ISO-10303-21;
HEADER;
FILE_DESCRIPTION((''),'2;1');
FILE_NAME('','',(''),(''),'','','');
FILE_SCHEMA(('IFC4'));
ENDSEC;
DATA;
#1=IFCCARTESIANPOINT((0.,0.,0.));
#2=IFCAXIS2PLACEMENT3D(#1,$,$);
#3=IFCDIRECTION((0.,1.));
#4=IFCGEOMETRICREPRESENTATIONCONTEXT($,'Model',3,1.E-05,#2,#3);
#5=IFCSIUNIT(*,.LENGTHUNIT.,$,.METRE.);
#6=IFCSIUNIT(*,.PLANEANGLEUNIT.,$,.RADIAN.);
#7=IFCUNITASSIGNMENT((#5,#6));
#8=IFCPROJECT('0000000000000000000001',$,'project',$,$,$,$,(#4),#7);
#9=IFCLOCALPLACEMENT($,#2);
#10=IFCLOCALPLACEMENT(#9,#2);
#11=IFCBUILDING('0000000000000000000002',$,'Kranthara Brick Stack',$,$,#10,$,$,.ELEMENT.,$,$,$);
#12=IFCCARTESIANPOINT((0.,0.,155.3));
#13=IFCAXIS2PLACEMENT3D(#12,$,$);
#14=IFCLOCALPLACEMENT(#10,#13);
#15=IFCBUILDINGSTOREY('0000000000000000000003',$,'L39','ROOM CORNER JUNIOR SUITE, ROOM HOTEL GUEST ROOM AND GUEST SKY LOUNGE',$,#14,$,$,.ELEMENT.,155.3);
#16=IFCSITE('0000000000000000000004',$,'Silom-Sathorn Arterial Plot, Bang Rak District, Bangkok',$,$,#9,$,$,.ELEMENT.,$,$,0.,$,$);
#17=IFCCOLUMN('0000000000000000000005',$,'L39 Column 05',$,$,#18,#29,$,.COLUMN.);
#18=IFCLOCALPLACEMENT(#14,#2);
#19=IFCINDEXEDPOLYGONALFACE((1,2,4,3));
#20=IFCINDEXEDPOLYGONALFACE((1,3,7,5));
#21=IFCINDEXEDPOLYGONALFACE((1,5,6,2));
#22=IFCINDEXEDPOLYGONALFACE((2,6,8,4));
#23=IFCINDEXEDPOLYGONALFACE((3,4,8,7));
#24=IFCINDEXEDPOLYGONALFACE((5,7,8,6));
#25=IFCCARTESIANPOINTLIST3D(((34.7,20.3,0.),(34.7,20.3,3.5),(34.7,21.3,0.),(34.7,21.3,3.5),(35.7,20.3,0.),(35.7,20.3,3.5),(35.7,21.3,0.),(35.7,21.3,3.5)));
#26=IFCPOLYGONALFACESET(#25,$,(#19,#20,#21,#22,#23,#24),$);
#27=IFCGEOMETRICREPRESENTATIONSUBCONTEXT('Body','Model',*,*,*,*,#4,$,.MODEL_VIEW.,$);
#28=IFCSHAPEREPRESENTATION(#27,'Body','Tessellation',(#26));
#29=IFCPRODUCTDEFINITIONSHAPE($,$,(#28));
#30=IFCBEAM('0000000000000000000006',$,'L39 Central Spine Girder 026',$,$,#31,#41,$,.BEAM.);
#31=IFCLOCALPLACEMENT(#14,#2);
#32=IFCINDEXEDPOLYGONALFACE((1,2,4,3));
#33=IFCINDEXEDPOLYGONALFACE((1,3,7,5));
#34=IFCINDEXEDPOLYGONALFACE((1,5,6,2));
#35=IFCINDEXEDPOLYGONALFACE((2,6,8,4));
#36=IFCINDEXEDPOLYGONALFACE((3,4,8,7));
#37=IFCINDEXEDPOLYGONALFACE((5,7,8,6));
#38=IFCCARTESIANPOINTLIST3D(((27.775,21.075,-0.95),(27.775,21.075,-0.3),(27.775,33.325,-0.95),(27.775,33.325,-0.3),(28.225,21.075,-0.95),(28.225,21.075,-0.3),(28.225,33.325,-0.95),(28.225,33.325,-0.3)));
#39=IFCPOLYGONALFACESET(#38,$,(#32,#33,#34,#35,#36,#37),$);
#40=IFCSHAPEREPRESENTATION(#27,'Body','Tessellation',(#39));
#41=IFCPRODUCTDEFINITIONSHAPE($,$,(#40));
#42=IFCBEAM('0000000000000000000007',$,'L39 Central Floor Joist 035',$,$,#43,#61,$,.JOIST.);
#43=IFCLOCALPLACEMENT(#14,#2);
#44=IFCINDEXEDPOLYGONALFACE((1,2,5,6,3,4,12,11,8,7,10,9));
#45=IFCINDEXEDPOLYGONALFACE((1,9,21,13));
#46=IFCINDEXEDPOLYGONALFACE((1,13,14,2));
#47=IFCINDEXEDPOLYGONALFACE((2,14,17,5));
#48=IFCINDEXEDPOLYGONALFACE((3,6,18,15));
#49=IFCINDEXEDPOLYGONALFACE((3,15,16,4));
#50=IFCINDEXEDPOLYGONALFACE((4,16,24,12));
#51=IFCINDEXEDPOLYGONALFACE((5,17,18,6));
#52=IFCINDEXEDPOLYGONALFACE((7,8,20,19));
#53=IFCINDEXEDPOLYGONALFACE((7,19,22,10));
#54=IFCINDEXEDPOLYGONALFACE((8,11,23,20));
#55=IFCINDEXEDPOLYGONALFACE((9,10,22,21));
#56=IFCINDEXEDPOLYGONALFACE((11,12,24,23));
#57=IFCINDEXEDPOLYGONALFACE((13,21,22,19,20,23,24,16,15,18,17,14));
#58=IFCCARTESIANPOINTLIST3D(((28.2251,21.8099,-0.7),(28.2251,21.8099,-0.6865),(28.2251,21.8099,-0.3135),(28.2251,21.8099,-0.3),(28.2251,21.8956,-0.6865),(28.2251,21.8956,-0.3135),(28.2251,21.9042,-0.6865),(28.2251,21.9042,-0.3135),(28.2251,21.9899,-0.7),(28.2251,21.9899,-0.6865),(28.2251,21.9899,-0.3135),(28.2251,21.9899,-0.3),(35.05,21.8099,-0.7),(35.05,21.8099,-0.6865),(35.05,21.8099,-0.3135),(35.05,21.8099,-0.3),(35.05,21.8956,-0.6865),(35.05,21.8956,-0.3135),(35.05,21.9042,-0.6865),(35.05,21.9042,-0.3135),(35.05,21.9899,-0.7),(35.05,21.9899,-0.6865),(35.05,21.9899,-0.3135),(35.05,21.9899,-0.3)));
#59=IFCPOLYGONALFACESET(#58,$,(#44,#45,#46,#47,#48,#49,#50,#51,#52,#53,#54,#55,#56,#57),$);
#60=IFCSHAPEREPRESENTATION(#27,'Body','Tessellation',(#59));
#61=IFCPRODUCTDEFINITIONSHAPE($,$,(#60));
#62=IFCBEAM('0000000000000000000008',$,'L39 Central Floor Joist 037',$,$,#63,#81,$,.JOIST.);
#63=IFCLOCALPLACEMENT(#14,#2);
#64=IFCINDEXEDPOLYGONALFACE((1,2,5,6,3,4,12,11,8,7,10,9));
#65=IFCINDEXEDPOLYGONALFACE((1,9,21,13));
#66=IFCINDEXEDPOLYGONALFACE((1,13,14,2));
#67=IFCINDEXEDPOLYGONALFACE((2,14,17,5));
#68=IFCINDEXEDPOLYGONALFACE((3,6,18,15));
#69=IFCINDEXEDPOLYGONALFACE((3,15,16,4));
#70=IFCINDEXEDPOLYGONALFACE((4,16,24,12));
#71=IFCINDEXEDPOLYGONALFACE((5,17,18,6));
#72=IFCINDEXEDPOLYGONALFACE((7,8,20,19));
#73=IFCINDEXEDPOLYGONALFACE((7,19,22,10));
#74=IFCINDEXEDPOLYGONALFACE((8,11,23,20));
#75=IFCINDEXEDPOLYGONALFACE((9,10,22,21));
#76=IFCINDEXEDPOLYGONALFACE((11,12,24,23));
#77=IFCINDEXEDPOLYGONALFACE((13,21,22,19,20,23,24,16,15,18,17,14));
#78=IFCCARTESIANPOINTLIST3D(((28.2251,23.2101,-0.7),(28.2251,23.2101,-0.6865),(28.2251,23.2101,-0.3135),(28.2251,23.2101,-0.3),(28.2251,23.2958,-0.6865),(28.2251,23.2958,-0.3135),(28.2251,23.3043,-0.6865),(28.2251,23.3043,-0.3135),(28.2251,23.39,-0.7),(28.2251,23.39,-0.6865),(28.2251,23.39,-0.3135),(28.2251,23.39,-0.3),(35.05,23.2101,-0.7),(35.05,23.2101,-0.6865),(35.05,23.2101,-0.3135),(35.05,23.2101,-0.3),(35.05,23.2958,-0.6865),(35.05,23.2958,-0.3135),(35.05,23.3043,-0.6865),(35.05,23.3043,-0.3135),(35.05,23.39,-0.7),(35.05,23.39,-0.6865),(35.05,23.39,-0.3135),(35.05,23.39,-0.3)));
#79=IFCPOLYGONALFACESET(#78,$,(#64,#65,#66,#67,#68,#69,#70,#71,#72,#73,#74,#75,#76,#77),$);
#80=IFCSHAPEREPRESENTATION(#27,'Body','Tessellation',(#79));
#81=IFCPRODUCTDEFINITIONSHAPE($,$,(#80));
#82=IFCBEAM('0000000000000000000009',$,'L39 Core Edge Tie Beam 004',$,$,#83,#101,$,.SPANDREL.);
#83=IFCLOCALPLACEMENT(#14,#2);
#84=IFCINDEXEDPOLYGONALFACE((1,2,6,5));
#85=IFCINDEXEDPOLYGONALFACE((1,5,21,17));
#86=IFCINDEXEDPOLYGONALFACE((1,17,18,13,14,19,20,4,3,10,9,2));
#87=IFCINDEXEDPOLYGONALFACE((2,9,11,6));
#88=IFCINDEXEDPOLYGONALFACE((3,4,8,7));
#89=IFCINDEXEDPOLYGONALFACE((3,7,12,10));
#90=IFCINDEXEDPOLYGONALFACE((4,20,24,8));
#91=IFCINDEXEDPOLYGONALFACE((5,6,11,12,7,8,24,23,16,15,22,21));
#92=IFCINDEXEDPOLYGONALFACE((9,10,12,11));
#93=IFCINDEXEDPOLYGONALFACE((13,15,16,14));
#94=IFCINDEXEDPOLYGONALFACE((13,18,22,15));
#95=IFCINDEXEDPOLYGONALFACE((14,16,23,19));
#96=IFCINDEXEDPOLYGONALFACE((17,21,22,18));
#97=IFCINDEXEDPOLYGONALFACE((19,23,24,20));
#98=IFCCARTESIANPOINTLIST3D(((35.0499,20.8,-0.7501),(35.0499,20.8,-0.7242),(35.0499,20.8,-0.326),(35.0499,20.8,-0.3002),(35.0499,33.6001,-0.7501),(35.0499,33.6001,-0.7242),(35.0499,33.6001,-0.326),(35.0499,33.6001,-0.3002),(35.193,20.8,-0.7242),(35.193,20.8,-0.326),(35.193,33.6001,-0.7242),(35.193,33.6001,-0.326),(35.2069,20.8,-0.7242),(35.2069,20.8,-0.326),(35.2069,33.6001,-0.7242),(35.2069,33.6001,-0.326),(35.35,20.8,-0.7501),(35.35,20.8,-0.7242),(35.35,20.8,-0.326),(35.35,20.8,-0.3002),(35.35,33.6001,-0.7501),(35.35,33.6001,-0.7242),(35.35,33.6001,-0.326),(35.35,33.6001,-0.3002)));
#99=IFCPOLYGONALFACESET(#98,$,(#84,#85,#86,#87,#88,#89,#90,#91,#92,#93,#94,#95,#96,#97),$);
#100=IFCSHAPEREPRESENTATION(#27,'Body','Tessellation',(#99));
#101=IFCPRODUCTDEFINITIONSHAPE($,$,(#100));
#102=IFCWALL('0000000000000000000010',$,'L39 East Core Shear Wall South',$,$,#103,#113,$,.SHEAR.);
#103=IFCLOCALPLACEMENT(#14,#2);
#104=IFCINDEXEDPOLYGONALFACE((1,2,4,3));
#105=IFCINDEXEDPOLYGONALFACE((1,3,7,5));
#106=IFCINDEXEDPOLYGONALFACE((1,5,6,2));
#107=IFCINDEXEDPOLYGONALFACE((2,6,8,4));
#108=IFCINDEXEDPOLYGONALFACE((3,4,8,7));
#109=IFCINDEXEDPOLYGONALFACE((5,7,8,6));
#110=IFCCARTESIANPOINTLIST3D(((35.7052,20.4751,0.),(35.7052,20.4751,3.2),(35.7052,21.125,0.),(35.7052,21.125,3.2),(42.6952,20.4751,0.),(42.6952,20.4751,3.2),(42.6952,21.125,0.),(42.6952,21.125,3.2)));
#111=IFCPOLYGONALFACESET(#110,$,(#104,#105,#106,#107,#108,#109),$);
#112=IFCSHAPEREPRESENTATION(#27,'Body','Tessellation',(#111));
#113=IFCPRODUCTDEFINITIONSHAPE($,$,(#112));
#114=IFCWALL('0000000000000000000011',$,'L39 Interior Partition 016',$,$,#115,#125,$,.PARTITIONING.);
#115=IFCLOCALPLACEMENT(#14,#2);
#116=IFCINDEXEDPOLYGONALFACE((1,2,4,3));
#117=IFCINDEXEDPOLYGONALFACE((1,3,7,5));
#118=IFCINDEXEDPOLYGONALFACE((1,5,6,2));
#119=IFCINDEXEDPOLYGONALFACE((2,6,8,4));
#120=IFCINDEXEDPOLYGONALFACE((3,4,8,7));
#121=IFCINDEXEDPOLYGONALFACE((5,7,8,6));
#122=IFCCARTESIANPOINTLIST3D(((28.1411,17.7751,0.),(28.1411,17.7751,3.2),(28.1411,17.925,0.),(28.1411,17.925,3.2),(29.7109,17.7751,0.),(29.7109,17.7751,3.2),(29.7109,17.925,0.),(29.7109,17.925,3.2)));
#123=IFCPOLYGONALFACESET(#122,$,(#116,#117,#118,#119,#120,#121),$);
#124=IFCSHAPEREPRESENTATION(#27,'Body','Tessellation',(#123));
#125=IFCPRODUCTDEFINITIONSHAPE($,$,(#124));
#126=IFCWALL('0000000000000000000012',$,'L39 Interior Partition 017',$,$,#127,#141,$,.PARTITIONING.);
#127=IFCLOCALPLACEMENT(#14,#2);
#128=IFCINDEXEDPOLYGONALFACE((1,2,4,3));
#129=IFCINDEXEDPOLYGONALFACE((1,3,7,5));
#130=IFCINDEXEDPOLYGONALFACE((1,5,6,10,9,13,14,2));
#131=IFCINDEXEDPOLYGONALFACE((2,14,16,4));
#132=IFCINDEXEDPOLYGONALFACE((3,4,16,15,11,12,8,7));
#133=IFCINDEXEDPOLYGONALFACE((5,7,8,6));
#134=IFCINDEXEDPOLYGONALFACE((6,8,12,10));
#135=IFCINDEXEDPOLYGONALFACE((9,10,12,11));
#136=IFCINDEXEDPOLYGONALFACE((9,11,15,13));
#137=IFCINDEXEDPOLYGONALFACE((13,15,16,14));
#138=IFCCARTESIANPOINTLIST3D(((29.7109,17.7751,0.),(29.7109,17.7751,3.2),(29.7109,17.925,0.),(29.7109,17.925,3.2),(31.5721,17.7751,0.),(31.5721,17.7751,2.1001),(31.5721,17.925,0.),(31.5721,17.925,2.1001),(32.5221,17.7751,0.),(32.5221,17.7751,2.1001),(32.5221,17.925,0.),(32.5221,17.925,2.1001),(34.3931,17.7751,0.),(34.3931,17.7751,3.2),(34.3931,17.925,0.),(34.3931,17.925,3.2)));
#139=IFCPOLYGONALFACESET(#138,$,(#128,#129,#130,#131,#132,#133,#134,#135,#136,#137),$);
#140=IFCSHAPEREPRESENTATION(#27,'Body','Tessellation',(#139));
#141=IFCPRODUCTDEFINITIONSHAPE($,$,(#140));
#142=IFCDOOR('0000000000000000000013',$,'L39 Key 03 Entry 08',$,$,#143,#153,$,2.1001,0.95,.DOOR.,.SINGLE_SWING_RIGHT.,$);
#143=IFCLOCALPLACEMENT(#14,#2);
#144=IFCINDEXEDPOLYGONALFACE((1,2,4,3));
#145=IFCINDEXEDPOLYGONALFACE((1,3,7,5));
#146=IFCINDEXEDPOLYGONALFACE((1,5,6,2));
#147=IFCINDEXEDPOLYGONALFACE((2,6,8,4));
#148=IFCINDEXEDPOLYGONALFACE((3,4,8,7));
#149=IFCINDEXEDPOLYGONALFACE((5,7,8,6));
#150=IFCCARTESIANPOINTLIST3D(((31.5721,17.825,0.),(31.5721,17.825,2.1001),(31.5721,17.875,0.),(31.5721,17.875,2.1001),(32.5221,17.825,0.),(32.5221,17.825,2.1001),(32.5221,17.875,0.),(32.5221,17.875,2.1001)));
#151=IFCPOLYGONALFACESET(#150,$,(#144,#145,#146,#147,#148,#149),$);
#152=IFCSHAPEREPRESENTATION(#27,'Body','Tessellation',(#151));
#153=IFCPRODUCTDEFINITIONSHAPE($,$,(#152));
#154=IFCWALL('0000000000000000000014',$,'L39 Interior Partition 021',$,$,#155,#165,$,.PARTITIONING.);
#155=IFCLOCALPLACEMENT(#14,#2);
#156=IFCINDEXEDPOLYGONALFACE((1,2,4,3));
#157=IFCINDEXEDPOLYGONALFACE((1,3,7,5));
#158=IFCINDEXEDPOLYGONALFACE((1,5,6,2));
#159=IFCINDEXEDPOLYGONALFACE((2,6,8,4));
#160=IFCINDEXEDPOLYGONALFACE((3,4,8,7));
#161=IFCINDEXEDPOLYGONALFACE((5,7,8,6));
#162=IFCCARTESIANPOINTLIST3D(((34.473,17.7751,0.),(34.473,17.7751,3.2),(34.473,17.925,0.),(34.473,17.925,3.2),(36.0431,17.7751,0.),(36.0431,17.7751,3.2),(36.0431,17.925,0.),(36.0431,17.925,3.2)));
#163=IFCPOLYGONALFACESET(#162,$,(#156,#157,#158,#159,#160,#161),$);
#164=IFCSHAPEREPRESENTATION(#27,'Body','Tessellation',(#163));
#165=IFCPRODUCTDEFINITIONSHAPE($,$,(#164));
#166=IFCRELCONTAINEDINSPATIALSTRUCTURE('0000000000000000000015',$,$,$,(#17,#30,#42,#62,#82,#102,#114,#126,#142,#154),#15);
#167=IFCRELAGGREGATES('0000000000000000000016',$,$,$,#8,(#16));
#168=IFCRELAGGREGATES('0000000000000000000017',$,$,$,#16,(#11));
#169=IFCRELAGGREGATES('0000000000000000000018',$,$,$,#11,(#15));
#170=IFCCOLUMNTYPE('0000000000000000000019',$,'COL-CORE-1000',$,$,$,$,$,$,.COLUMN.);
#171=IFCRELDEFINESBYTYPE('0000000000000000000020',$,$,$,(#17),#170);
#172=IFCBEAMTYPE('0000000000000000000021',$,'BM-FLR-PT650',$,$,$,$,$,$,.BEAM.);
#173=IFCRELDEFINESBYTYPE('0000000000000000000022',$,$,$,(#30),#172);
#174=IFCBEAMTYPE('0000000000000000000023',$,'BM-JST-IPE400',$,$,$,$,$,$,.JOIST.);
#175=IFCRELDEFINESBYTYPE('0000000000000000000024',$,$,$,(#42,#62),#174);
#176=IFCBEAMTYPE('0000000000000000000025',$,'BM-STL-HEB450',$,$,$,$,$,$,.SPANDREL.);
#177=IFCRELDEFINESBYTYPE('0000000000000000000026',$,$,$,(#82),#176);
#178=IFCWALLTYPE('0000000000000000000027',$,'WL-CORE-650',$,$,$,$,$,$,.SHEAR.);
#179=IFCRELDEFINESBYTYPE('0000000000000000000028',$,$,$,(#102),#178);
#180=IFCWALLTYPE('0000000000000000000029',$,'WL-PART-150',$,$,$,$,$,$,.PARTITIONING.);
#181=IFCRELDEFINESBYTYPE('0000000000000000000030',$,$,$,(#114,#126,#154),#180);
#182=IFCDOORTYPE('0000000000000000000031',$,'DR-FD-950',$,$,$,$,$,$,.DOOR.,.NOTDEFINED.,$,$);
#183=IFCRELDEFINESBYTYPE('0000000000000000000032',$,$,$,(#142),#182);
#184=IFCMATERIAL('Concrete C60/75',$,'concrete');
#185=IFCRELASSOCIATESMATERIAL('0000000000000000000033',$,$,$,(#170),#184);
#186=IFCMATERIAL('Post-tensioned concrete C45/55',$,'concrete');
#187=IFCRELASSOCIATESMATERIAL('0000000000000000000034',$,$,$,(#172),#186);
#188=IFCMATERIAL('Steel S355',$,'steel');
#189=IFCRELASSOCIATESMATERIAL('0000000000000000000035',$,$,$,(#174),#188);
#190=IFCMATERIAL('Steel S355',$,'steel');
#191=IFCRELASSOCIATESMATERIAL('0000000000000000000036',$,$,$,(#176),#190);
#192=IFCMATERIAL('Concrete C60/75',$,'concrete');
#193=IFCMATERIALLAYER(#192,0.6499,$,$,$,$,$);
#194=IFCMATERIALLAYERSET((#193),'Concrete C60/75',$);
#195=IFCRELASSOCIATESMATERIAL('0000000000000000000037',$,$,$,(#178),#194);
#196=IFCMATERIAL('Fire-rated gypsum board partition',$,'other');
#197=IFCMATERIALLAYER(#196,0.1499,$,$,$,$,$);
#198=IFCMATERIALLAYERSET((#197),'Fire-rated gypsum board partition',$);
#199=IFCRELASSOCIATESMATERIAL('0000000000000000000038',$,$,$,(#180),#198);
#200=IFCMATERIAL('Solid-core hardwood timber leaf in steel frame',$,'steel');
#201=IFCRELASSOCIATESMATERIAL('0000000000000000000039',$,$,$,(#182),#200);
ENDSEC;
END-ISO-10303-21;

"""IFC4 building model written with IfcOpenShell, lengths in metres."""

from ifc_helpers import new_model, si_unit, direction, frame, frame_2d, origin, origin_2d, place, context, subcontext, project, spatial, rectangle, i_section, extrude, material, layer, layer_set, material_profile, profile_set, type_object, element, fill, save


model = new_model("IFC4")

# Units and contexts
model_context = context("Model", 3, precision=1e-05, world=origin(), true_north=direction((0.0, 1.0)))
body_context = subcontext(model_context, "Body", "Model", "MODEL_VIEW")
ifc_project = project(units=[si_unit("LENGTHUNIT", "METRE"), si_unit("PLANEANGLEUNIT", "RADIAN")], contexts=[model_context])

# Site, building, storey
site_placement = place(None, origin())
site = spatial("IfcSite", under=ifc_project, at=site_placement, Name="Silom-Sathorn Arterial Plot, Bang Rak District, Bangkok", CompositionType="ELEMENT", RefElevation=0.0)
building_placement = place(site_placement, origin())
building = spatial("IfcBuilding", under=site, at=building_placement, Name="Kranthara Brick Stack", CompositionType="ELEMENT")
storey_placement = place(building_placement, frame((0.0, 0.0, 155.3)))
storey = spatial("IfcBuildingStorey", under=building, at=storey_placement, Name="L39", Description="ROOM CORNER JUNIOR SUITE, ROOM HOTEL GUEST ROOM AND GUEST SKY LOUNGE", CompositionType="ELEMENT", Elevation=155.3)

# Column
ifc_material_1 = material(Name="Concrete C60/75", Category="concrete")
ifc_material_profile_1 = material_profile(ifc_material_1, rectangle(XDim=1.0, YDim=1.0, at=origin_2d()), Name="RC 1000x1000")
ifc_profile_set_1 = profile_set([ifc_material_profile_1], Name="Concrete C60/75")
column_type = type_object("IfcColumnType", Name="COL-CORE-1000", PredefinedType="COLUMN", material=ifc_profile_set_1)
column_placement = place(storey_placement, frame((35.2, 20.8, 0.0), z_axis=(0.0, 0.0, 1.0), x_axis=(1.0, 0.0, 0.0)))
element("IfcColumn", 1, at=column_placement, inside=storey, type_object=column_type, Name="L39 Column 05", PredefinedType="COLUMN", context=body_context, shape_type="SweptSolid", body=[
    extrude(rectangle(XDim=1.0, YDim=1.0, at=origin_2d()), origin(), (0.0, 0.0, 1.0), 3.5),
])

# Beams
ifc_material_2 = material(Name="Post-tensioned concrete C45/55", Category="concrete")
ifc_material_profile_2 = material_profile(ifc_material_2, rectangle(XDim=0.45, YDim=0.6499, at=origin_2d()), Name="PT 450x650")
ifc_profile_set_2 = profile_set([ifc_material_profile_2], Name="Post-tensioned concrete C45/55")
beam_type_1 = type_object("IfcBeamType", Name="BM-FLR-PT650", PredefinedType="BEAM", material=ifc_profile_set_2)
beam_1_placement = place(storey_placement, frame((28.0, 21.075, -0.625), z_axis=(0.0, 1.0, 0.0), x_axis=(-1.0, 0.0, 0.0)))
element("IfcBeam", 2, at=beam_1_placement, inside=storey, type_object=beam_type_1, Name="L39 Central Spine Girder 026", PredefinedType="BEAM", context=body_context, shape_type="SweptSolid", body=[
    extrude(rectangle(XDim=0.45, YDim=0.6499, at=origin_2d()), origin(), (0.0, 0.0, 1.0), 12.25),
])
ifc_material_3 = material(Name="Steel S355", Category="steel")
ifc_material_profile_3 = material_profile(ifc_material_3, i_section(OverallWidth=0.1799, OverallDepth=0.3999, WebThickness=0.0085, FlangeThickness=0.0134, at=origin_2d()), Name="IPE 400")
ifc_profile_set_3 = profile_set([ifc_material_profile_3], Name="Steel S355")
beam_type_2 = type_object("IfcBeamType", Name="BM-JST-IPE400", PredefinedType="JOIST", material=ifc_profile_set_3)
for number, where, z_axis, x_axis, name in (
    (3, (28.2251, 21.8999, -0.5), (1.0, 0.0, 0.0), (0.0, 1.0, 0.0), "L39 Central Floor Joist 035"),
    (4, (28.2251, 23.3, -0.5), (1.0, 0.0, 0.0), (0.0, 1.0, 0.0), "L39 Central Floor Joist 037"),
):
    element("IfcBeam", number, at=place(storey_placement, frame(where, z_axis=z_axis, x_axis=x_axis)), inside=storey, type_object=beam_type_2, Name=name, PredefinedType="JOIST", context=body_context, shape_type="SweptSolid", body=[
        extrude(i_section(OverallWidth=0.1799, OverallDepth=0.3999, WebThickness=0.0085, FlangeThickness=0.0134, at=origin_2d()), origin(), (0.0, 0.0, 1.0), 6.825),
    ])
ifc_material_4 = material(Name="Steel S355", Category="steel")
ifc_material_profile_4 = material_profile(ifc_material_4, i_section(OverallWidth=0.3, OverallDepth=0.45, WebThickness=0.0139, FlangeThickness=0.0259, at=origin_2d()), Name="HEB 450")
ifc_profile_set_4 = profile_set([ifc_material_profile_4], Name="Steel S355")
beam_type_3 = type_object("IfcBeamType", Name="BM-STL-HEB450", PredefinedType="SPANDREL", material=ifc_profile_set_4)
beam_2_placement = place(storey_placement, frame((35.2, 20.8, -0.5251), z_axis=(0.0, 1.0, 0.0), x_axis=(-1.0, 0.0, 0.0)))
element("IfcBeam", 5, at=beam_2_placement, inside=storey, type_object=beam_type_3, Name="L39 Core Edge Tie Beam 004", PredefinedType="SPANDREL", context=body_context, shape_type="SweptSolid", body=[
    extrude(i_section(OverallWidth=0.3, OverallDepth=0.45, WebThickness=0.0139, FlangeThickness=0.0259, at=origin_2d()), origin(), (0.0, 0.0, 1.0), 12.8),
])

# Wall
ifc_material_5 = material(Name="Concrete C60/75", Category="concrete")
ifc_layer_1 = layer(ifc_material_5, 0.6499)
ifc_layer_set_1 = layer_set([ifc_layer_1], Name="Concrete C60/75")
wall_type_1 = type_object("IfcWallType", Name="WL-CORE-650", PredefinedType="SHEAR", material=ifc_layer_set_1)
wall_1_placement = place(storey_placement, frame((35.7051, 20.8, 0.0), z_axis=(0.0, 0.0, 1.0), x_axis=(1.0, 0.0, 0.0)))
element("IfcWall", 6, at=wall_1_placement, inside=storey, type_object=wall_type_1, Name="L39 East Core Shear Wall South", PredefinedType="SHEAR", context=body_context, shape_type="SweptSolid", body=[
    extrude(rectangle(XDim=6.99, YDim=0.6499, at=frame_2d((3.4951, 0.0))), origin(), (0.0, 0.0, 1.0), 3.2),
])

# Wall
ifc_material_6 = material(Name="Fire-rated gypsum board partition", Category="other")
ifc_layer_2 = layer(ifc_material_6, 0.1499)
ifc_layer_set_2 = layer_set([ifc_layer_2], Name="Fire-rated gypsum board partition")
wall_type_2 = type_object("IfcWallType", Name="WL-PART-150", PredefinedType="PARTITIONING", material=ifc_layer_set_2)
wall_2_placement = place(storey_placement, frame((28.1411, 17.8501, 0.0), z_axis=(0.0, 0.0, 1.0), x_axis=(1.0, 0.0, 0.0)))
element("IfcWall", 7, at=wall_2_placement, inside=storey, type_object=wall_type_2, Name="L39 Interior Partition 016", PredefinedType="PARTITIONING", context=body_context, shape_type="SweptSolid", body=[
    extrude(rectangle(XDim=1.5698, YDim=0.1499, at=frame_2d((0.7849, 0.0))), origin(), (0.0, 0.0, 1.0), 3.2),
])

# Wall, opening, door
wall_3_placement = place(storey_placement, frame((29.7109, 17.8501, 0.0), z_axis=(0.0, 0.0, 1.0), x_axis=(1.0, 0.0, 0.0)))
wall_3 = element("IfcWall", 8, at=wall_3_placement, inside=storey, type_object=wall_type_2, Name="L39 Interior Partition 017", PredefinedType="PARTITIONING", context=body_context, shape_type="SweptSolid", body=[
    extrude(rectangle(XDim=4.6821, YDim=0.1499, at=frame_2d((2.3411, 0.0))), origin(), (0.0, 0.0, 1.0), 3.2),
])
opening_1_placement = place(wall_3_placement, frame((1.8611, 0.0, 0.0)))
opening_1 = element("IfcOpeningElement", 9, at=opening_1_placement, cuts=wall_3, PredefinedType="OPENING", context=body_context, shape_type="SweptSolid", body=[
    extrude(rectangle(XDim=0.95, YDim=2.1001, at=frame_2d((0.4751, 1.05))), frame((0.0, 0.085, 0.0), z_axis=(0.0, -1.0, 0.0), x_axis=(1.0, 0.0, 0.0)), (0.0, 0.0, 1.0), 0.1699),
])
ifc_material_7 = material(Name="Solid-core hardwood timber leaf in steel frame", Category="steel")
door_type_1 = type_object("IfcDoorType", Name="DR-FD-950", OperationType="NOTDEFINED", PredefinedType="DOOR", material=ifc_material_7)
door_1_placement = place(opening_1_placement, origin())
door_1 = element("IfcDoor", 10, at=door_1_placement, inside=storey, type_object=door_type_1, Name="L39 Key 03 Entry 08", OperationType="SINGLE_SWING_RIGHT", OverallHeight=2.1001, OverallWidth=0.95, PredefinedType="DOOR", context=body_context, shape_type="SweptSolid", body=[
    extrude(rectangle(XDim=0.95, YDim=2.1001, at=frame_2d((0.4751, 1.05))), frame((0.0, 0.0249, 0.0), z_axis=(0.0, -1.0, 0.0), x_axis=(1.0, 0.0, 0.0)), (0.0, 0.0, 1.0), 0.05),
])
fill(opening_1, door_1)

# Wall
wall_4_placement = place(storey_placement, frame((34.4729, 17.8501, 0.0), z_axis=(0.0, 0.0, 1.0), x_axis=(1.0, 0.0, 0.0)))
element("IfcWall", 11, at=wall_4_placement, inside=storey, type_object=wall_type_2, Name="L39 Interior Partition 021", PredefinedType="PARTITIONING", context=body_context, shape_type="SweptSolid", body=[
    extrude(rectangle(XDim=1.5701, YDim=0.1499, at=frame_2d((0.7852, 0.0))), origin(), (0.0, 0.0, 1.0), 3.2),
])

save(model, "model.ifc")
